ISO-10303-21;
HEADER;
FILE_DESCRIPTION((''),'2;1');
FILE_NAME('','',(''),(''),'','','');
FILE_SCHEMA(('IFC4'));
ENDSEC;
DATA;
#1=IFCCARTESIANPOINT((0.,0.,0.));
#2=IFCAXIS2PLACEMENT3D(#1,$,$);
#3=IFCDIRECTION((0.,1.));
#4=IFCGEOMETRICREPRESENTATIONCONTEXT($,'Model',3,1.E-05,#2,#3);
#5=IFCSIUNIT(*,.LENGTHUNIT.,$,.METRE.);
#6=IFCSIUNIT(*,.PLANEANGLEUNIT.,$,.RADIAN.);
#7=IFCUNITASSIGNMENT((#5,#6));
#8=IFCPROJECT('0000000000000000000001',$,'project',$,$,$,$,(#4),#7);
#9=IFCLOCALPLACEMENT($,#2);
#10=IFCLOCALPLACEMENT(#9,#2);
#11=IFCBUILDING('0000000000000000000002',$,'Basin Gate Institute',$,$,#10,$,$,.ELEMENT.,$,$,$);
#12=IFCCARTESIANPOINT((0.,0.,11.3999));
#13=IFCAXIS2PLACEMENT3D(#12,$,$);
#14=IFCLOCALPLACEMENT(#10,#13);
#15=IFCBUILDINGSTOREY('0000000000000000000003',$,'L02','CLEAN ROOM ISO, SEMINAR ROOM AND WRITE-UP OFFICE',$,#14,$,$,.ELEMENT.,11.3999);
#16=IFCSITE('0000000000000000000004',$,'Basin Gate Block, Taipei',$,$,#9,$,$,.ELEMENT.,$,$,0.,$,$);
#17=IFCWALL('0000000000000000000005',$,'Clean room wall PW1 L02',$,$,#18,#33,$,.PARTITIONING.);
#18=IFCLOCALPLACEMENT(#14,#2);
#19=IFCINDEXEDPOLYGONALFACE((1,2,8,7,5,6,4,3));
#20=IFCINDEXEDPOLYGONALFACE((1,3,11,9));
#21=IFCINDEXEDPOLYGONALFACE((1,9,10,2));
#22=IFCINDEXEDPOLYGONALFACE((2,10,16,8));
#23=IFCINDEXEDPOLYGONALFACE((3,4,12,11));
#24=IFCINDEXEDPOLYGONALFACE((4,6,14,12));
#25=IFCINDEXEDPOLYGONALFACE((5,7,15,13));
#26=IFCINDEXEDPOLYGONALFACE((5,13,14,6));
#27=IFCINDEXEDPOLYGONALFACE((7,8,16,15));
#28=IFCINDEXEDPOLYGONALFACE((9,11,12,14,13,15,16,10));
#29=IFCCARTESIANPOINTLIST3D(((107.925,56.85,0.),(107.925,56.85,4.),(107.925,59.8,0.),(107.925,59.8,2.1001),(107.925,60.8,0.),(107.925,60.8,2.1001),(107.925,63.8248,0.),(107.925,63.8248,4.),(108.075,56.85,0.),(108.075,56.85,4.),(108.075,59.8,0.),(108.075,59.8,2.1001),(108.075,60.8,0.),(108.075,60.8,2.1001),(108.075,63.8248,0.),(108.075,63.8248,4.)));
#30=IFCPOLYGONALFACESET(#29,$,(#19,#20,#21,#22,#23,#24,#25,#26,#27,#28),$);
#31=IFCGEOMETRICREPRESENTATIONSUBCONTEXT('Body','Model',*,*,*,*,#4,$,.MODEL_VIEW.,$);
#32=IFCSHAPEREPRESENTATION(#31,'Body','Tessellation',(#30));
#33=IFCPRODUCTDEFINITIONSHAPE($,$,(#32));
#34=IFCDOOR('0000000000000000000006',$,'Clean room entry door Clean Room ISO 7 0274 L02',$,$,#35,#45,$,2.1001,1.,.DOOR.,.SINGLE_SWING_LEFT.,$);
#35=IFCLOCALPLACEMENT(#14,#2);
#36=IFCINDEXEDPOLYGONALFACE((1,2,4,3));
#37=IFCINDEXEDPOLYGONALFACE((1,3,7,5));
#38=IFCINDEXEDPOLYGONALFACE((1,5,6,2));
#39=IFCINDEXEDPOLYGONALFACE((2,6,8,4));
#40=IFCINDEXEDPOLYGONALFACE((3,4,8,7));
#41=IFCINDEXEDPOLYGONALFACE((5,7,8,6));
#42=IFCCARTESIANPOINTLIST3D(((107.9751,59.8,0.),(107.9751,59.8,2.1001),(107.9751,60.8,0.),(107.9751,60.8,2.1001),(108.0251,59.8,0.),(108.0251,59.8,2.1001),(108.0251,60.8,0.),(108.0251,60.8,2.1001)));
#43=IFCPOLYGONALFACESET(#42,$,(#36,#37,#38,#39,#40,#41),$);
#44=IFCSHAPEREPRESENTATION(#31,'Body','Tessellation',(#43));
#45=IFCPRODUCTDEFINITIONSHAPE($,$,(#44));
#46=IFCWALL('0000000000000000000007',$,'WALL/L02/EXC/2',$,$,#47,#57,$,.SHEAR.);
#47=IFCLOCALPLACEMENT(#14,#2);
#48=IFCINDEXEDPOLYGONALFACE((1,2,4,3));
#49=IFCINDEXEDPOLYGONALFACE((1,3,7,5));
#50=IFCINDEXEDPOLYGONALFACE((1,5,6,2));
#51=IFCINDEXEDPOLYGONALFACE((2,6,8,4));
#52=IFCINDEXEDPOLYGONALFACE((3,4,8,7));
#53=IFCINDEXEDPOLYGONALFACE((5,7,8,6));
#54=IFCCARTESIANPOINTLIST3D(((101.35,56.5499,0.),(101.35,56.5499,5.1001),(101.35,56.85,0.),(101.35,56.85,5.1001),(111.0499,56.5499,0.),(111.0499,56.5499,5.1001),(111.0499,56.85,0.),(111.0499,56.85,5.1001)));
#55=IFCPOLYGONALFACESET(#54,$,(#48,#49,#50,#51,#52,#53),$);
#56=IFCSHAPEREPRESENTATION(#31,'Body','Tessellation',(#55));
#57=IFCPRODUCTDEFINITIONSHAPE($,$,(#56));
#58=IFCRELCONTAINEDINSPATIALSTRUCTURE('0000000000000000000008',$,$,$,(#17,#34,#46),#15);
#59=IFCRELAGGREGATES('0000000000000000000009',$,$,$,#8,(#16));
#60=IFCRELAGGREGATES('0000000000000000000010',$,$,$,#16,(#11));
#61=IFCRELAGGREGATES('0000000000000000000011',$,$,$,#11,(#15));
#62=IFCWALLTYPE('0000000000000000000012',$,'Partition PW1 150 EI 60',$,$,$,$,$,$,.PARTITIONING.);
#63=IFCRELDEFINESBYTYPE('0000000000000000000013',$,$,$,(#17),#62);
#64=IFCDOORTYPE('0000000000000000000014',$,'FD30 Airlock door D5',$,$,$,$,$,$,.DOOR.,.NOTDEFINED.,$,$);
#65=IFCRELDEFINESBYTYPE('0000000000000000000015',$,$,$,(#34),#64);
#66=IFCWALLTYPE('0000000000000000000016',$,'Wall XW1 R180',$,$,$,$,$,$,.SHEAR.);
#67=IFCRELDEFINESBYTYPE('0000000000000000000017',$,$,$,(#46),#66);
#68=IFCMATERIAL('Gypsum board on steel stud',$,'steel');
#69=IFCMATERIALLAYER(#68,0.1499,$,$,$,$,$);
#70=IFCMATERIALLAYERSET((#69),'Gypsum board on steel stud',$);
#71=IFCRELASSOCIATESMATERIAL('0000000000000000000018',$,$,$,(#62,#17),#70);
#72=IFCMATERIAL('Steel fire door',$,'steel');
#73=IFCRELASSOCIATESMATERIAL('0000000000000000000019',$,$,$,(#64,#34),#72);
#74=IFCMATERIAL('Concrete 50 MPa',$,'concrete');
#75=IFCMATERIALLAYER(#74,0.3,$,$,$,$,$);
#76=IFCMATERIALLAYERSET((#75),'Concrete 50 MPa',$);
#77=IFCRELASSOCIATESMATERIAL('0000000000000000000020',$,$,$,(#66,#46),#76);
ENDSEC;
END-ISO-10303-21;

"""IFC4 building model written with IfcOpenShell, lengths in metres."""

from ifc_helpers import new_model, si_unit, direction, frame, frame_2d, origin, place, context, subcontext, project, spatial, rectangle, extrude, material, layer, layer_set, type_object, element, fill, save


model = new_model("IFC4")

# Units and contexts
model_context = context("Model", 3, precision=1e-05, world=origin(), true_north=direction((0.0, 1.0)))
body_context = subcontext(model_context, "Body", "Model", "MODEL_VIEW")
ifc_project = project(units=[si_unit("LENGTHUNIT", "METRE"), si_unit("PLANEANGLEUNIT", "RADIAN")], contexts=[model_context])

# Site, building, storey
site_placement = place(None, origin())
site = spatial("IfcSite", under=ifc_project, at=site_placement, Name="Basin Gate Block, Taipei", CompositionType="ELEMENT", RefElevation=0.0)
building_placement = place(site_placement, origin())
building = spatial("IfcBuilding", under=site, at=building_placement, Name="Basin Gate Institute", CompositionType="ELEMENT")
storey_placement = place(building_placement, frame((0.0, 0.0, 11.3999)))
storey = spatial("IfcBuildingStorey", under=building, at=storey_placement, Name="L02", Description="CLEAN ROOM ISO, SEMINAR ROOM AND WRITE-UP OFFICE", CompositionType="ELEMENT", Elevation=11.3999)

# Wall, opening, door
ifc_material_1 = material(Name="Gypsum board on steel stud", Category="steel")
ifc_layer_1 = layer(ifc_material_1, 0.1499)
ifc_layer_set_1 = layer_set([ifc_layer_1], Name="Gypsum board on steel stud")
wall_type_1 = type_object("IfcWallType", Name="Partition PW1 150 EI 60", PredefinedType="PARTITIONING", material=ifc_layer_set_1)
wall_1_placement = place(storey_placement, frame((108.0, 56.8501, 0.0), z_axis=(0.0, 0.0, 1.0), x_axis=(0.0, 1.0, 0.0)))
wall_1 = element("IfcWall", 1, at=wall_1_placement, inside=storey, type_object=wall_type_1, material=ifc_layer_set_1, Name="Clean room wall PW1 L02", PredefinedType="PARTITIONING", context=body_context, shape_type="SweptSolid", body=[
    extrude(rectangle(XDim=6.9749, YDim=0.1499, at=frame_2d((3.4873, 0.0))), origin(), (0.0, 0.0, 1.0), 4.0),
])
opening_placement = place(wall_1_placement, frame((2.95, 0.0, 0.0)))
opening = element("IfcOpeningElement", 2, at=opening_placement, cuts=wall_1, PredefinedType="OPENING", context=body_context, shape_type="SweptSolid", body=[
    extrude(rectangle(XDim=1.0, YDim=2.1001, at=frame_2d((0.5, 1.05))), frame((0.0, 0.085, 0.0), z_axis=(0.0, -1.0, 0.0), x_axis=(1.0, 0.0, 0.0)), (0.0, 0.0, 1.0), 0.1699),
])
ifc_material_2 = material(Name="Steel fire door", Category="steel")
door_type = type_object("IfcDoorType", Name="FD30 Airlock door D5", OperationType="NOTDEFINED", PredefinedType="DOOR", material=ifc_material_2)
door_placement = place(opening_placement, origin())
door = element("IfcDoor", 3, at=door_placement, inside=storey, type_object=door_type, material=ifc_material_2, Name="Clean room entry door Clean Room ISO 7 0274 L02", OperationType="SINGLE_SWING_LEFT", OverallHeight=2.1001, OverallWidth=1.0, PredefinedType="DOOR", context=body_context, shape_type="SweptSolid", body=[
    extrude(rectangle(XDim=1.0, YDim=2.1001, at=frame_2d((0.5, 1.05))), frame((0.0, 0.0249, 0.0), z_axis=(0.0, -1.0, 0.0), x_axis=(1.0, 0.0, 0.0)), (0.0, 0.0, 1.0), 0.05),
])
fill(opening, door)

# Wall
ifc_material_3 = material(Name="Concrete 50 MPa", Category="concrete")
ifc_layer_2 = layer(ifc_material_3, 0.3)
ifc_layer_set_2 = layer_set([ifc_layer_2], Name="Concrete 50 MPa")
wall_type_2 = type_object("IfcWallType", Name="Wall XW1 R180", PredefinedType="SHEAR", material=ifc_layer_set_2)
wall_2_placement = place(storey_placement, frame((111.05, 56.7, 0.0), z_axis=(0.0, 0.0, 1.0), x_axis=(-1.0, 0.0, 0.0)))
element("IfcWall", 4, at=wall_2_placement, inside=storey, type_object=wall_type_2, material=ifc_layer_set_2, Name="WALL/L02/EXC/2", PredefinedType="SHEAR", context=body_context, shape_type="SweptSolid", body=[
    extrude(rectangle(XDim=9.7, YDim=0.3, at=frame_2d((4.8501, 0.0))), origin(), (0.0, 0.0, 1.0), 5.1001),
])

save(model, "model.ifc")
